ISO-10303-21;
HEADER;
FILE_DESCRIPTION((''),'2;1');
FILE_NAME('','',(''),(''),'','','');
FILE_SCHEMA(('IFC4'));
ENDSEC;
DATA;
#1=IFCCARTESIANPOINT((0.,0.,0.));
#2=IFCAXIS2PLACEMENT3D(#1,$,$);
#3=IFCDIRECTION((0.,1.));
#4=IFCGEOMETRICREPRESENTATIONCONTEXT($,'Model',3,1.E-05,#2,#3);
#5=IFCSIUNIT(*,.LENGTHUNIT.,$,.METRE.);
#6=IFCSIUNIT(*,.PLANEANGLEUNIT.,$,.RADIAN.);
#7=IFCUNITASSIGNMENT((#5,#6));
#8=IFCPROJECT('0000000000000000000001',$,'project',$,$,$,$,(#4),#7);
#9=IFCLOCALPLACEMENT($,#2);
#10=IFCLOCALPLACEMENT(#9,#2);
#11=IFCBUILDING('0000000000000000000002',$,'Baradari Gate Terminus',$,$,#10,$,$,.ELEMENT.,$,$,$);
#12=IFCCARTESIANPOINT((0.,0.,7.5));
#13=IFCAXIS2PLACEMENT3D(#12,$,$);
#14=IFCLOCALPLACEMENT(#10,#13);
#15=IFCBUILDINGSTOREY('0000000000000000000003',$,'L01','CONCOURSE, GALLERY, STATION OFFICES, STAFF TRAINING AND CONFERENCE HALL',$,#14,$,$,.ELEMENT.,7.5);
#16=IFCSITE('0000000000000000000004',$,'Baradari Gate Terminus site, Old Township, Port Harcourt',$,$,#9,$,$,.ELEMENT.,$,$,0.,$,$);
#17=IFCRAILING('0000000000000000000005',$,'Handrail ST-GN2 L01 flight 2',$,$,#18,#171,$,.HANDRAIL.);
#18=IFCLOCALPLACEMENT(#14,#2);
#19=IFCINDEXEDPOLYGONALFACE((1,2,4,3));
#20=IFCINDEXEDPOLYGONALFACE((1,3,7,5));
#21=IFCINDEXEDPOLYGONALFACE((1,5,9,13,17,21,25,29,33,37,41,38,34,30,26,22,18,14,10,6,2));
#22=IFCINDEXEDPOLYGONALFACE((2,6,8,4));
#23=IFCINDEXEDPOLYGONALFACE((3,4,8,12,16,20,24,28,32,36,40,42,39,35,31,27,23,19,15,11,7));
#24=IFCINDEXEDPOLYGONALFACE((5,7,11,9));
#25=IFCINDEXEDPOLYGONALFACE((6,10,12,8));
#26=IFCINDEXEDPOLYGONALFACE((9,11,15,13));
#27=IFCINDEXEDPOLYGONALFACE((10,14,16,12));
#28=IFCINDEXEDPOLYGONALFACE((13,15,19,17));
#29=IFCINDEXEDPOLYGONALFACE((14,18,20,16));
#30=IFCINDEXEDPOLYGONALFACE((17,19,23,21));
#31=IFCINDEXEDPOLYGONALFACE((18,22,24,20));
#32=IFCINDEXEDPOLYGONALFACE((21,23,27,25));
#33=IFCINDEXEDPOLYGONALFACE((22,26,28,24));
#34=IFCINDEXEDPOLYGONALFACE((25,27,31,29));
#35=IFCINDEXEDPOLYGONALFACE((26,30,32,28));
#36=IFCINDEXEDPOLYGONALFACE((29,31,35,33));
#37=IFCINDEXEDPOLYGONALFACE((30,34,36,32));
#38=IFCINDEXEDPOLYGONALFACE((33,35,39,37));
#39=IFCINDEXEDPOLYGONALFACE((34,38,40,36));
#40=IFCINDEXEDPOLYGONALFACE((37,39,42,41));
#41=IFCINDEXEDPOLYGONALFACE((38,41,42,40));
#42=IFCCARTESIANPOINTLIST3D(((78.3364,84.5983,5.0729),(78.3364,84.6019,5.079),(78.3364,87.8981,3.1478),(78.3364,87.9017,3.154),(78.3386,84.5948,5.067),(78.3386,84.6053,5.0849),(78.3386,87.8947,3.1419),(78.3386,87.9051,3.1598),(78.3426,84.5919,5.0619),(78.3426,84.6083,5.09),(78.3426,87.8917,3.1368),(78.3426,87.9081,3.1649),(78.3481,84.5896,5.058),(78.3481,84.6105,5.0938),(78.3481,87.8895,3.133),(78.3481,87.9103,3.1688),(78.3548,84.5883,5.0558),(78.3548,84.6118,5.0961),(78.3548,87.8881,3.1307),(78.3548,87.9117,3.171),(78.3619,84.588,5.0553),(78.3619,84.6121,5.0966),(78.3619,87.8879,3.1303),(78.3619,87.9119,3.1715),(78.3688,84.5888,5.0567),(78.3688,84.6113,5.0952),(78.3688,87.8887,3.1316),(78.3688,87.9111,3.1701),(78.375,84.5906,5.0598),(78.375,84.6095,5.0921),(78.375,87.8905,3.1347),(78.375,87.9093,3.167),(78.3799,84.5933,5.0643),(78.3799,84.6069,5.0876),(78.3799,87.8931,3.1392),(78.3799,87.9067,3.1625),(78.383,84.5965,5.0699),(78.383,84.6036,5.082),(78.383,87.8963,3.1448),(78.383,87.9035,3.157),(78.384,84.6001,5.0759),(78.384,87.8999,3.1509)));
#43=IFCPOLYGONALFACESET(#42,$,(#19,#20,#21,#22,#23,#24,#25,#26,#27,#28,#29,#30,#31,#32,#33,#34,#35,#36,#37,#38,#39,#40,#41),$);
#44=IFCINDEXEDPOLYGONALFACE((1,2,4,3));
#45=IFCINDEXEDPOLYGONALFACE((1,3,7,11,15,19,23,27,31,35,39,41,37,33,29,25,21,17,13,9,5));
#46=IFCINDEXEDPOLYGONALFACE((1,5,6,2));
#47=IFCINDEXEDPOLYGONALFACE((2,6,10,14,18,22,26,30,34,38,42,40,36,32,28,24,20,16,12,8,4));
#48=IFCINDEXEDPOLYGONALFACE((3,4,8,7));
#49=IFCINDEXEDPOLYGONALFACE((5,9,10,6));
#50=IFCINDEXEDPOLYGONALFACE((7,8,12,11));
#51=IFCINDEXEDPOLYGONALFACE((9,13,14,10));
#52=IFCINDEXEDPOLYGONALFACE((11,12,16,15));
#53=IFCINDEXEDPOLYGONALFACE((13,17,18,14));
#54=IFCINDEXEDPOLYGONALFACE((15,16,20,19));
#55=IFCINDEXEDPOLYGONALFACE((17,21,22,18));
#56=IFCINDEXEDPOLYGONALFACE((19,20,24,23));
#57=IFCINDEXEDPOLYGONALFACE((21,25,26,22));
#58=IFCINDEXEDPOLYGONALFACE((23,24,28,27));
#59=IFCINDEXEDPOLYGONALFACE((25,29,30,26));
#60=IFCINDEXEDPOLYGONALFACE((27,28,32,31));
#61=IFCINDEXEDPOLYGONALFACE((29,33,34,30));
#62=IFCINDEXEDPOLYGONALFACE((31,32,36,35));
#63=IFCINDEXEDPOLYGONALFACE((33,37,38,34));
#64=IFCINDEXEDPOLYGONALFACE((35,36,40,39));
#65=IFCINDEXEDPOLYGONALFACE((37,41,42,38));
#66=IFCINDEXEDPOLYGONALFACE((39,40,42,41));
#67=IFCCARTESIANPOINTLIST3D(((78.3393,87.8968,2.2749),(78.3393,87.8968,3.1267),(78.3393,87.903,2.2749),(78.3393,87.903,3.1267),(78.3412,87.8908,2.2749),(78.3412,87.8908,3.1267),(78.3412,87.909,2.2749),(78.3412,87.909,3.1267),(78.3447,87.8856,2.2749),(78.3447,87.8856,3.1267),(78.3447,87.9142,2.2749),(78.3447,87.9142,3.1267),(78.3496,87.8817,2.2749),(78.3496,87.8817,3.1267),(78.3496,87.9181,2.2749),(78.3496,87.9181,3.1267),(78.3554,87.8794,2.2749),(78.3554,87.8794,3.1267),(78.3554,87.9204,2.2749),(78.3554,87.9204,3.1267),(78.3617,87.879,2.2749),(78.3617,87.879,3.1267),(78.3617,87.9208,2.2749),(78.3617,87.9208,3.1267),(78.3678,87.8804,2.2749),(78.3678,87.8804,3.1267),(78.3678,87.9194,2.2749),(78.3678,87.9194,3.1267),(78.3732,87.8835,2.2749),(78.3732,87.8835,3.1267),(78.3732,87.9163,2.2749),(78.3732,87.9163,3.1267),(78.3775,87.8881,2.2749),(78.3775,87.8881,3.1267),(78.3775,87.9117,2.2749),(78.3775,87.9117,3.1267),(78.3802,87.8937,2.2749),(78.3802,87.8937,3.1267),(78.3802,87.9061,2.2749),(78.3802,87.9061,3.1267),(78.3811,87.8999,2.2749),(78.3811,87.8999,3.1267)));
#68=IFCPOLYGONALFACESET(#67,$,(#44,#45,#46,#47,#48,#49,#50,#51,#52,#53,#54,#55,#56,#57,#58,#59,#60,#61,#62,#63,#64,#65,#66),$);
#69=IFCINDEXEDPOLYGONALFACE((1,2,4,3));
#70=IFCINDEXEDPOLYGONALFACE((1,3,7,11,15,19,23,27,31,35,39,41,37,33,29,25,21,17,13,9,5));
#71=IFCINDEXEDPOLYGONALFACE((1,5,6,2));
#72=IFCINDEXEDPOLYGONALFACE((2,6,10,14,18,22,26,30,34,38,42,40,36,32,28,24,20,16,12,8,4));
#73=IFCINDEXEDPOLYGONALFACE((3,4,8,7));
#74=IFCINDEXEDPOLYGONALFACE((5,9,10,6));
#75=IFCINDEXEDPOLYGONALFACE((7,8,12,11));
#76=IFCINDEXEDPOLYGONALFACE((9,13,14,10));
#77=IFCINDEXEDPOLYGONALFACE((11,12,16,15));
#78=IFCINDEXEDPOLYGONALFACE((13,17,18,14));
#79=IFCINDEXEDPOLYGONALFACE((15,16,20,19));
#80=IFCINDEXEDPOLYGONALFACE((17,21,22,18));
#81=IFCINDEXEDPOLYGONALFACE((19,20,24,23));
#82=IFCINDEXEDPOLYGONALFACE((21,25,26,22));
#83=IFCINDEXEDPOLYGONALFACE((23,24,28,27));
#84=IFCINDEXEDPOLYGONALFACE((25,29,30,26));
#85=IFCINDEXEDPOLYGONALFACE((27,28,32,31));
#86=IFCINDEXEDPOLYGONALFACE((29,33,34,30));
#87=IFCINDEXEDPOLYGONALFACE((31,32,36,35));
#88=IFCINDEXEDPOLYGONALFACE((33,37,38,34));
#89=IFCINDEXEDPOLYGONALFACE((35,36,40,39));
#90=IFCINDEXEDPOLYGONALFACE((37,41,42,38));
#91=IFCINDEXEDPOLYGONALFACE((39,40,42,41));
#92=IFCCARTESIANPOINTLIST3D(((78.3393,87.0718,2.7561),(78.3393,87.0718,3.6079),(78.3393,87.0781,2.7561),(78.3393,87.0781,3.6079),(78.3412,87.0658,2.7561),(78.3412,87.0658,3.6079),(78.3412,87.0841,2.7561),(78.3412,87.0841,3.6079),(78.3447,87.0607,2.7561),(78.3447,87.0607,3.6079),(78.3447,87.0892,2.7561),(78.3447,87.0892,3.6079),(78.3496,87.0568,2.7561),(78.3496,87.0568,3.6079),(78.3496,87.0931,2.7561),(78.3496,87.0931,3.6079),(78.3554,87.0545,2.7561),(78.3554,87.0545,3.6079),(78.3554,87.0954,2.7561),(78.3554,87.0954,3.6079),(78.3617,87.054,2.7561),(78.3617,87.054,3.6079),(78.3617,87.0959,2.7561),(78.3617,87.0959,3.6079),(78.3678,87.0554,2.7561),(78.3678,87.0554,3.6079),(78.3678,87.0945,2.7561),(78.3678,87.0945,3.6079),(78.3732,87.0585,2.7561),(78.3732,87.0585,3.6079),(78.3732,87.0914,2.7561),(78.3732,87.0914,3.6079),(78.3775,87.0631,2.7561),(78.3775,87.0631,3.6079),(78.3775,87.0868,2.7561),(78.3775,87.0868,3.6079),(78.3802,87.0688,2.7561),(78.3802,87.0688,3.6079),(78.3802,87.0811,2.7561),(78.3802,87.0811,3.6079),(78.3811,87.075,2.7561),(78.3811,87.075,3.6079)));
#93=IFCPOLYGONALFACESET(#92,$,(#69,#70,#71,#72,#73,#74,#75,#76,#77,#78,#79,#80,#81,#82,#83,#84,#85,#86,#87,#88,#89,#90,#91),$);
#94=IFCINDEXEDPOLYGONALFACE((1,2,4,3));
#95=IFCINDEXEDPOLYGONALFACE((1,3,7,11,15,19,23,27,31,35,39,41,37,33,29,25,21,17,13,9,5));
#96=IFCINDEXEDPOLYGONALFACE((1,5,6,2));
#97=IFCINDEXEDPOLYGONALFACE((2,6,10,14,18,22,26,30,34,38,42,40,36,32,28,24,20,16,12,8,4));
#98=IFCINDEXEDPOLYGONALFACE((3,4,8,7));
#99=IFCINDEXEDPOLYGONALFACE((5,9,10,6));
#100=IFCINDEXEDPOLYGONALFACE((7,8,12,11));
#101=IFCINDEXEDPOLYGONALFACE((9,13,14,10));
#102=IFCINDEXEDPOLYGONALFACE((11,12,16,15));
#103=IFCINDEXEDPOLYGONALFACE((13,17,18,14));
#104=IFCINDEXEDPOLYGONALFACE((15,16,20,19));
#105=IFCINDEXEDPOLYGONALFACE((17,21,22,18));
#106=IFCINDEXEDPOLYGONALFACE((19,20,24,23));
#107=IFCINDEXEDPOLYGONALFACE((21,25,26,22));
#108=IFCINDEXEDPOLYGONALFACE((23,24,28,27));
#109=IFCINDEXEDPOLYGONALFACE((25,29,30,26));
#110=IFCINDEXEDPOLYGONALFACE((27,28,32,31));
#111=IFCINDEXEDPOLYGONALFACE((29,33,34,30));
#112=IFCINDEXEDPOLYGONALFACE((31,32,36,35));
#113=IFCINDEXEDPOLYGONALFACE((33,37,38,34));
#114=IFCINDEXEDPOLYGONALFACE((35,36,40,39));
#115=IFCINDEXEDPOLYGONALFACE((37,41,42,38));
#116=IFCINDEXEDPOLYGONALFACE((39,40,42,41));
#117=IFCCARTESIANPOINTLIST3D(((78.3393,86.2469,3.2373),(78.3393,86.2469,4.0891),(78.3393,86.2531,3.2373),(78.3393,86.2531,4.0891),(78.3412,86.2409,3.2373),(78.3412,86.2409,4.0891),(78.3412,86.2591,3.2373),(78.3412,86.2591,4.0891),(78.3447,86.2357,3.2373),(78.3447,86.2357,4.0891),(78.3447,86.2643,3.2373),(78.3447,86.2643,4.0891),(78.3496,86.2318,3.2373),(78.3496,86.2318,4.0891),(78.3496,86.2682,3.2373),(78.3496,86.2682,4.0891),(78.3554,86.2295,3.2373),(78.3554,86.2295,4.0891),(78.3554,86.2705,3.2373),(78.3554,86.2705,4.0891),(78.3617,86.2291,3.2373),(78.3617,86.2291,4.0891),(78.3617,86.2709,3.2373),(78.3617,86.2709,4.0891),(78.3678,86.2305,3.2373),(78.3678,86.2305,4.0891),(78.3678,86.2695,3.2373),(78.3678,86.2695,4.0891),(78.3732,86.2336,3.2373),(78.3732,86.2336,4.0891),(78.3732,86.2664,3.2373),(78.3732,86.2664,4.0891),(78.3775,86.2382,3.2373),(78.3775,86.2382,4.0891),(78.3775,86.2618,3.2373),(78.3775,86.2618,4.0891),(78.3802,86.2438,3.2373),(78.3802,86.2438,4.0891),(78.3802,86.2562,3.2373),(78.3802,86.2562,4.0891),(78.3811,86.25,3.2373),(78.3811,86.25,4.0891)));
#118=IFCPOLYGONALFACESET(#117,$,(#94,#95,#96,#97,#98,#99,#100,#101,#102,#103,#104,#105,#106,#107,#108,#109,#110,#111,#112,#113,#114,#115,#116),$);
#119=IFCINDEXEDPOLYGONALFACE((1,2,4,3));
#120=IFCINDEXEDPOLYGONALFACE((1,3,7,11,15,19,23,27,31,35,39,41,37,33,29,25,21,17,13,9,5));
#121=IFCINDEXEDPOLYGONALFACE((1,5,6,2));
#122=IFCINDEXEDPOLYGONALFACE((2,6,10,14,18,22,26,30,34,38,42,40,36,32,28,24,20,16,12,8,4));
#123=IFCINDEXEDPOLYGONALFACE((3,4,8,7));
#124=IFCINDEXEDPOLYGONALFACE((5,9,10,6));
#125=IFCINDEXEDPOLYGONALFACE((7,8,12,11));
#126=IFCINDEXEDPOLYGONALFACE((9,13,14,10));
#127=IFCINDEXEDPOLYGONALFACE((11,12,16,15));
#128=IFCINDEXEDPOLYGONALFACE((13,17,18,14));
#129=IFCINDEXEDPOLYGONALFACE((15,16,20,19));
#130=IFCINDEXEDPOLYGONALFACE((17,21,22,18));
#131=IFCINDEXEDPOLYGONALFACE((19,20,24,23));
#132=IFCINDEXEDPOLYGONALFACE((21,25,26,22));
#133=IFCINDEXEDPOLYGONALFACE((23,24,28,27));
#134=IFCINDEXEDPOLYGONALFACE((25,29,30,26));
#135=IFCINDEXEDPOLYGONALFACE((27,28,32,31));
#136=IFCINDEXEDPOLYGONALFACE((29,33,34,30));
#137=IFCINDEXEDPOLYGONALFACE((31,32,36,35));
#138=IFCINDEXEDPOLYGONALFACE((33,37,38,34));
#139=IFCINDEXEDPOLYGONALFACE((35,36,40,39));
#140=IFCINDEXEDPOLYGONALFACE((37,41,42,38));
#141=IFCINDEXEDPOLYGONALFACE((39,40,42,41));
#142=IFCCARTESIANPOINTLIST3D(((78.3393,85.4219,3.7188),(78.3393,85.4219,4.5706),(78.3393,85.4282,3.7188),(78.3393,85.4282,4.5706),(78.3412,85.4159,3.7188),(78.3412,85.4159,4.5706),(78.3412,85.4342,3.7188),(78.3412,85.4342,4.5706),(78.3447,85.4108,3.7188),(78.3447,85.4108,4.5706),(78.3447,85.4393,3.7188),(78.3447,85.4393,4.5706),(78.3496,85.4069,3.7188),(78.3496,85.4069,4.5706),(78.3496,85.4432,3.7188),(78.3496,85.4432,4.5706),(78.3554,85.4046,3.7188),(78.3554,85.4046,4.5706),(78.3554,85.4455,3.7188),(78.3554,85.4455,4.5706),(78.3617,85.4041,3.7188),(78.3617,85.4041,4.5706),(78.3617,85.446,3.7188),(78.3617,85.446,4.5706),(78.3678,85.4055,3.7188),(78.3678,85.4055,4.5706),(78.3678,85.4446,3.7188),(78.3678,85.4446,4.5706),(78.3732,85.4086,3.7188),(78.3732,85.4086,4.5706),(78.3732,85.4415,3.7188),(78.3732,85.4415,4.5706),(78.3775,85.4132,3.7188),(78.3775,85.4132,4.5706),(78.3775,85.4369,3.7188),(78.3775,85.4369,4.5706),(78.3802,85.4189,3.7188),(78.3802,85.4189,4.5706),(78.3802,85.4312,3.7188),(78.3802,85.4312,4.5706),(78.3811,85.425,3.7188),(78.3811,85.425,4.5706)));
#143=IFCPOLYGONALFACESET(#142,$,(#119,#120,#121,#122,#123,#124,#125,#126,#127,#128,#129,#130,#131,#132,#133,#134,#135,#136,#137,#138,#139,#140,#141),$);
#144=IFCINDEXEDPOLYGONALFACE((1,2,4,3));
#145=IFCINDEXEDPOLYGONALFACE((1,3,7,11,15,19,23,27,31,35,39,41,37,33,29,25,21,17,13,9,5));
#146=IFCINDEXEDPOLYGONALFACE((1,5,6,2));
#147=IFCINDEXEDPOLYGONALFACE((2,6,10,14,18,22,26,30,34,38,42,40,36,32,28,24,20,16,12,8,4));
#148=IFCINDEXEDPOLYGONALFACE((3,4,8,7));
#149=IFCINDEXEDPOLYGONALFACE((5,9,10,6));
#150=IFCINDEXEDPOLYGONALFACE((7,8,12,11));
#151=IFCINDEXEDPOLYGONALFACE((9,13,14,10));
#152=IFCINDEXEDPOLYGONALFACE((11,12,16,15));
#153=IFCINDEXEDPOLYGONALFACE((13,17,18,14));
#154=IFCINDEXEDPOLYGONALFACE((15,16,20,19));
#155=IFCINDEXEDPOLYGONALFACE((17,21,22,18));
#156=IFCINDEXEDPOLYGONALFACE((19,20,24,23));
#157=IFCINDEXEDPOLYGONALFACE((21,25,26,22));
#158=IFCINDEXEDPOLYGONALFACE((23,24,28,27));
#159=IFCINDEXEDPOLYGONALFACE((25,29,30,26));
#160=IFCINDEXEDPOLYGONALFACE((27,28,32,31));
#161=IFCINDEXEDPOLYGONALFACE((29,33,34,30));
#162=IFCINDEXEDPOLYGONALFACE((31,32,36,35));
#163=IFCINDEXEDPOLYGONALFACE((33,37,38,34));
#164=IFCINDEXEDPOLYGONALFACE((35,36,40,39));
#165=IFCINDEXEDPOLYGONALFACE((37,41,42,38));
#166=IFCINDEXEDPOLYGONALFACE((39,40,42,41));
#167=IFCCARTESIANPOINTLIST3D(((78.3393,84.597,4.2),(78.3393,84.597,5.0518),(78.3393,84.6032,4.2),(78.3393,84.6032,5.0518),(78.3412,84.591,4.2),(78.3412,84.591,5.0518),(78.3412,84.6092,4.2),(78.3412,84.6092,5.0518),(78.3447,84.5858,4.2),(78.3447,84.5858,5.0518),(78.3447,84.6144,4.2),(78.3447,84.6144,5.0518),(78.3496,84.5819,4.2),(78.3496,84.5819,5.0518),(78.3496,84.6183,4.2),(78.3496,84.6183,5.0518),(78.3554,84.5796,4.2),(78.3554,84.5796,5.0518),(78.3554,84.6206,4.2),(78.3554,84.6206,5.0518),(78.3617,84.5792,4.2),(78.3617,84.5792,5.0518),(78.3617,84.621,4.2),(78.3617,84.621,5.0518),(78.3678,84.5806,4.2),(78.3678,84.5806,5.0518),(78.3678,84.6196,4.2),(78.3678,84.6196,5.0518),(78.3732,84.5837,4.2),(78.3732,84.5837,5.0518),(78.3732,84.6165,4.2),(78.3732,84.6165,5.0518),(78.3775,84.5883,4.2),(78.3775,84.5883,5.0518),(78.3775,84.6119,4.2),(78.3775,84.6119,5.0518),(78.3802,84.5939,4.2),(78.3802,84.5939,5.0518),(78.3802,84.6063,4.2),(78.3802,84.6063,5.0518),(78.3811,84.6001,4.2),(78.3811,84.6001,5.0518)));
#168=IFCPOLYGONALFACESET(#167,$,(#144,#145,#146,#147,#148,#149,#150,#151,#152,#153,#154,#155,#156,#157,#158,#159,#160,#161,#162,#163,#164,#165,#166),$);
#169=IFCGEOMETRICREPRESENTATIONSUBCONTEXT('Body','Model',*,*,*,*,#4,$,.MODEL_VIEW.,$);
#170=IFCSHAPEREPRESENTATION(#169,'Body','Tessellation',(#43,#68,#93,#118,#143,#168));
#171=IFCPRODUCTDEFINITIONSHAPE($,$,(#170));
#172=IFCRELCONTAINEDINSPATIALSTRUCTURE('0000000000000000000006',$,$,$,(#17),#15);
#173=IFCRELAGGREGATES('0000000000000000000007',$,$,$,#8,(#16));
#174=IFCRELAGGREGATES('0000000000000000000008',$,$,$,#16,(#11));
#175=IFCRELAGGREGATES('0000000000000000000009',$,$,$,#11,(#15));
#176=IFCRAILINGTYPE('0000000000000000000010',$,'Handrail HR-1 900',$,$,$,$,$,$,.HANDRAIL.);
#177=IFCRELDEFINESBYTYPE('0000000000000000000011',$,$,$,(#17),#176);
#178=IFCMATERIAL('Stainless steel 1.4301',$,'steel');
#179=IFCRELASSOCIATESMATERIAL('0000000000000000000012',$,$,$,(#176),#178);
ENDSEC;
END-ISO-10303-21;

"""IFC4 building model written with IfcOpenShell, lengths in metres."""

from ifc_helpers import new_model, si_unit, direction, frame, origin, origin_2d, place, context, subcontext, project, spatial, circle, extrude, material, type_object, element, save


model = new_model("IFC4")

# Units and contexts
model_context = context("Model", 3, precision=1e-05, world=origin(), true_north=direction((0.0, 1.0)))
body_context = subcontext(model_context, "Body", "Model", "MODEL_VIEW")
ifc_project = project(units=[si_unit("LENGTHUNIT", "METRE"), si_unit("PLANEANGLEUNIT", "RADIAN")], contexts=[model_context])

# Site, building, storey
site_placement = place(None, origin())
site = spatial("IfcSite", under=ifc_project, at=site_placement, Name="Baradari Gate Terminus site, Old Township, Port Harcourt", CompositionType="ELEMENT", RefElevation=0.0)
building_placement = place(site_placement, origin())
building = spatial("IfcBuilding", under=site, at=building_placement, Name="Baradari Gate Terminus", CompositionType="ELEMENT")
storey_placement = place(building_placement, frame((0.0, 0.0, 7.5)))
storey = spatial("IfcBuildingStorey", under=building, at=storey_placement, Name="L01", Description="CONCOURSE, GALLERY, STATION OFFICES, STAFF TRAINING AND CONFERENCE HALL", CompositionType="ELEMENT", Elevation=7.5)

# Railing
ifc_material_1 = material(Name="Stainless steel 1.4301", Category="steel")
railing_type = type_object("IfcRailingType", Name="Handrail HR-1 900", PredefinedType="HANDRAIL", material=ifc_material_1)
for number, where, name in (
    (1, (78.3601, 87.8999, 2.2749), "Handrail ST-GN2 L01 flight 2"),
):
    element("IfcRailing", number, at=place(storey_placement, frame(where)), inside=storey, type_object=railing_type, Name=name, PredefinedType="HANDRAIL", context=body_context, shape_type="SweptSolid", body=[
        extrude(circle(Radius=0.0239, at=origin_2d()), frame((0.0, 0.0, 0.876), z_axis=(0.0, -0.86376, 0.503903), x_axis=(1.0, 0.0, 0.0)), (0.0, 0.0, 1.0), 3.8203),
        extrude(circle(Radius=0.021, at=origin_2d()), origin(), (0.0, 0.0, 1.0), 0.8518),
        extrude(circle(Radius=0.021, at=origin_2d()), frame((0.0, -0.825, 0.4812)), (0.0, 0.0, 1.0), 0.8518),
        extrude(circle(Radius=0.021, at=origin_2d()), frame((0.0, -1.6499, 0.9624)), (0.0, 0.0, 1.0), 0.8518),
        extrude(circle(Radius=0.021, at=origin_2d()), frame((0.0, -2.4749, 1.4438)), (0.0, 0.0, 1.0), 0.8518),
        extrude(circle(Radius=0.021, at=origin_2d()), frame((0.0, -3.2998, 1.925)), (0.0, 0.0, 1.0), 0.8518),
    ])

save(model, "model.ifc")
